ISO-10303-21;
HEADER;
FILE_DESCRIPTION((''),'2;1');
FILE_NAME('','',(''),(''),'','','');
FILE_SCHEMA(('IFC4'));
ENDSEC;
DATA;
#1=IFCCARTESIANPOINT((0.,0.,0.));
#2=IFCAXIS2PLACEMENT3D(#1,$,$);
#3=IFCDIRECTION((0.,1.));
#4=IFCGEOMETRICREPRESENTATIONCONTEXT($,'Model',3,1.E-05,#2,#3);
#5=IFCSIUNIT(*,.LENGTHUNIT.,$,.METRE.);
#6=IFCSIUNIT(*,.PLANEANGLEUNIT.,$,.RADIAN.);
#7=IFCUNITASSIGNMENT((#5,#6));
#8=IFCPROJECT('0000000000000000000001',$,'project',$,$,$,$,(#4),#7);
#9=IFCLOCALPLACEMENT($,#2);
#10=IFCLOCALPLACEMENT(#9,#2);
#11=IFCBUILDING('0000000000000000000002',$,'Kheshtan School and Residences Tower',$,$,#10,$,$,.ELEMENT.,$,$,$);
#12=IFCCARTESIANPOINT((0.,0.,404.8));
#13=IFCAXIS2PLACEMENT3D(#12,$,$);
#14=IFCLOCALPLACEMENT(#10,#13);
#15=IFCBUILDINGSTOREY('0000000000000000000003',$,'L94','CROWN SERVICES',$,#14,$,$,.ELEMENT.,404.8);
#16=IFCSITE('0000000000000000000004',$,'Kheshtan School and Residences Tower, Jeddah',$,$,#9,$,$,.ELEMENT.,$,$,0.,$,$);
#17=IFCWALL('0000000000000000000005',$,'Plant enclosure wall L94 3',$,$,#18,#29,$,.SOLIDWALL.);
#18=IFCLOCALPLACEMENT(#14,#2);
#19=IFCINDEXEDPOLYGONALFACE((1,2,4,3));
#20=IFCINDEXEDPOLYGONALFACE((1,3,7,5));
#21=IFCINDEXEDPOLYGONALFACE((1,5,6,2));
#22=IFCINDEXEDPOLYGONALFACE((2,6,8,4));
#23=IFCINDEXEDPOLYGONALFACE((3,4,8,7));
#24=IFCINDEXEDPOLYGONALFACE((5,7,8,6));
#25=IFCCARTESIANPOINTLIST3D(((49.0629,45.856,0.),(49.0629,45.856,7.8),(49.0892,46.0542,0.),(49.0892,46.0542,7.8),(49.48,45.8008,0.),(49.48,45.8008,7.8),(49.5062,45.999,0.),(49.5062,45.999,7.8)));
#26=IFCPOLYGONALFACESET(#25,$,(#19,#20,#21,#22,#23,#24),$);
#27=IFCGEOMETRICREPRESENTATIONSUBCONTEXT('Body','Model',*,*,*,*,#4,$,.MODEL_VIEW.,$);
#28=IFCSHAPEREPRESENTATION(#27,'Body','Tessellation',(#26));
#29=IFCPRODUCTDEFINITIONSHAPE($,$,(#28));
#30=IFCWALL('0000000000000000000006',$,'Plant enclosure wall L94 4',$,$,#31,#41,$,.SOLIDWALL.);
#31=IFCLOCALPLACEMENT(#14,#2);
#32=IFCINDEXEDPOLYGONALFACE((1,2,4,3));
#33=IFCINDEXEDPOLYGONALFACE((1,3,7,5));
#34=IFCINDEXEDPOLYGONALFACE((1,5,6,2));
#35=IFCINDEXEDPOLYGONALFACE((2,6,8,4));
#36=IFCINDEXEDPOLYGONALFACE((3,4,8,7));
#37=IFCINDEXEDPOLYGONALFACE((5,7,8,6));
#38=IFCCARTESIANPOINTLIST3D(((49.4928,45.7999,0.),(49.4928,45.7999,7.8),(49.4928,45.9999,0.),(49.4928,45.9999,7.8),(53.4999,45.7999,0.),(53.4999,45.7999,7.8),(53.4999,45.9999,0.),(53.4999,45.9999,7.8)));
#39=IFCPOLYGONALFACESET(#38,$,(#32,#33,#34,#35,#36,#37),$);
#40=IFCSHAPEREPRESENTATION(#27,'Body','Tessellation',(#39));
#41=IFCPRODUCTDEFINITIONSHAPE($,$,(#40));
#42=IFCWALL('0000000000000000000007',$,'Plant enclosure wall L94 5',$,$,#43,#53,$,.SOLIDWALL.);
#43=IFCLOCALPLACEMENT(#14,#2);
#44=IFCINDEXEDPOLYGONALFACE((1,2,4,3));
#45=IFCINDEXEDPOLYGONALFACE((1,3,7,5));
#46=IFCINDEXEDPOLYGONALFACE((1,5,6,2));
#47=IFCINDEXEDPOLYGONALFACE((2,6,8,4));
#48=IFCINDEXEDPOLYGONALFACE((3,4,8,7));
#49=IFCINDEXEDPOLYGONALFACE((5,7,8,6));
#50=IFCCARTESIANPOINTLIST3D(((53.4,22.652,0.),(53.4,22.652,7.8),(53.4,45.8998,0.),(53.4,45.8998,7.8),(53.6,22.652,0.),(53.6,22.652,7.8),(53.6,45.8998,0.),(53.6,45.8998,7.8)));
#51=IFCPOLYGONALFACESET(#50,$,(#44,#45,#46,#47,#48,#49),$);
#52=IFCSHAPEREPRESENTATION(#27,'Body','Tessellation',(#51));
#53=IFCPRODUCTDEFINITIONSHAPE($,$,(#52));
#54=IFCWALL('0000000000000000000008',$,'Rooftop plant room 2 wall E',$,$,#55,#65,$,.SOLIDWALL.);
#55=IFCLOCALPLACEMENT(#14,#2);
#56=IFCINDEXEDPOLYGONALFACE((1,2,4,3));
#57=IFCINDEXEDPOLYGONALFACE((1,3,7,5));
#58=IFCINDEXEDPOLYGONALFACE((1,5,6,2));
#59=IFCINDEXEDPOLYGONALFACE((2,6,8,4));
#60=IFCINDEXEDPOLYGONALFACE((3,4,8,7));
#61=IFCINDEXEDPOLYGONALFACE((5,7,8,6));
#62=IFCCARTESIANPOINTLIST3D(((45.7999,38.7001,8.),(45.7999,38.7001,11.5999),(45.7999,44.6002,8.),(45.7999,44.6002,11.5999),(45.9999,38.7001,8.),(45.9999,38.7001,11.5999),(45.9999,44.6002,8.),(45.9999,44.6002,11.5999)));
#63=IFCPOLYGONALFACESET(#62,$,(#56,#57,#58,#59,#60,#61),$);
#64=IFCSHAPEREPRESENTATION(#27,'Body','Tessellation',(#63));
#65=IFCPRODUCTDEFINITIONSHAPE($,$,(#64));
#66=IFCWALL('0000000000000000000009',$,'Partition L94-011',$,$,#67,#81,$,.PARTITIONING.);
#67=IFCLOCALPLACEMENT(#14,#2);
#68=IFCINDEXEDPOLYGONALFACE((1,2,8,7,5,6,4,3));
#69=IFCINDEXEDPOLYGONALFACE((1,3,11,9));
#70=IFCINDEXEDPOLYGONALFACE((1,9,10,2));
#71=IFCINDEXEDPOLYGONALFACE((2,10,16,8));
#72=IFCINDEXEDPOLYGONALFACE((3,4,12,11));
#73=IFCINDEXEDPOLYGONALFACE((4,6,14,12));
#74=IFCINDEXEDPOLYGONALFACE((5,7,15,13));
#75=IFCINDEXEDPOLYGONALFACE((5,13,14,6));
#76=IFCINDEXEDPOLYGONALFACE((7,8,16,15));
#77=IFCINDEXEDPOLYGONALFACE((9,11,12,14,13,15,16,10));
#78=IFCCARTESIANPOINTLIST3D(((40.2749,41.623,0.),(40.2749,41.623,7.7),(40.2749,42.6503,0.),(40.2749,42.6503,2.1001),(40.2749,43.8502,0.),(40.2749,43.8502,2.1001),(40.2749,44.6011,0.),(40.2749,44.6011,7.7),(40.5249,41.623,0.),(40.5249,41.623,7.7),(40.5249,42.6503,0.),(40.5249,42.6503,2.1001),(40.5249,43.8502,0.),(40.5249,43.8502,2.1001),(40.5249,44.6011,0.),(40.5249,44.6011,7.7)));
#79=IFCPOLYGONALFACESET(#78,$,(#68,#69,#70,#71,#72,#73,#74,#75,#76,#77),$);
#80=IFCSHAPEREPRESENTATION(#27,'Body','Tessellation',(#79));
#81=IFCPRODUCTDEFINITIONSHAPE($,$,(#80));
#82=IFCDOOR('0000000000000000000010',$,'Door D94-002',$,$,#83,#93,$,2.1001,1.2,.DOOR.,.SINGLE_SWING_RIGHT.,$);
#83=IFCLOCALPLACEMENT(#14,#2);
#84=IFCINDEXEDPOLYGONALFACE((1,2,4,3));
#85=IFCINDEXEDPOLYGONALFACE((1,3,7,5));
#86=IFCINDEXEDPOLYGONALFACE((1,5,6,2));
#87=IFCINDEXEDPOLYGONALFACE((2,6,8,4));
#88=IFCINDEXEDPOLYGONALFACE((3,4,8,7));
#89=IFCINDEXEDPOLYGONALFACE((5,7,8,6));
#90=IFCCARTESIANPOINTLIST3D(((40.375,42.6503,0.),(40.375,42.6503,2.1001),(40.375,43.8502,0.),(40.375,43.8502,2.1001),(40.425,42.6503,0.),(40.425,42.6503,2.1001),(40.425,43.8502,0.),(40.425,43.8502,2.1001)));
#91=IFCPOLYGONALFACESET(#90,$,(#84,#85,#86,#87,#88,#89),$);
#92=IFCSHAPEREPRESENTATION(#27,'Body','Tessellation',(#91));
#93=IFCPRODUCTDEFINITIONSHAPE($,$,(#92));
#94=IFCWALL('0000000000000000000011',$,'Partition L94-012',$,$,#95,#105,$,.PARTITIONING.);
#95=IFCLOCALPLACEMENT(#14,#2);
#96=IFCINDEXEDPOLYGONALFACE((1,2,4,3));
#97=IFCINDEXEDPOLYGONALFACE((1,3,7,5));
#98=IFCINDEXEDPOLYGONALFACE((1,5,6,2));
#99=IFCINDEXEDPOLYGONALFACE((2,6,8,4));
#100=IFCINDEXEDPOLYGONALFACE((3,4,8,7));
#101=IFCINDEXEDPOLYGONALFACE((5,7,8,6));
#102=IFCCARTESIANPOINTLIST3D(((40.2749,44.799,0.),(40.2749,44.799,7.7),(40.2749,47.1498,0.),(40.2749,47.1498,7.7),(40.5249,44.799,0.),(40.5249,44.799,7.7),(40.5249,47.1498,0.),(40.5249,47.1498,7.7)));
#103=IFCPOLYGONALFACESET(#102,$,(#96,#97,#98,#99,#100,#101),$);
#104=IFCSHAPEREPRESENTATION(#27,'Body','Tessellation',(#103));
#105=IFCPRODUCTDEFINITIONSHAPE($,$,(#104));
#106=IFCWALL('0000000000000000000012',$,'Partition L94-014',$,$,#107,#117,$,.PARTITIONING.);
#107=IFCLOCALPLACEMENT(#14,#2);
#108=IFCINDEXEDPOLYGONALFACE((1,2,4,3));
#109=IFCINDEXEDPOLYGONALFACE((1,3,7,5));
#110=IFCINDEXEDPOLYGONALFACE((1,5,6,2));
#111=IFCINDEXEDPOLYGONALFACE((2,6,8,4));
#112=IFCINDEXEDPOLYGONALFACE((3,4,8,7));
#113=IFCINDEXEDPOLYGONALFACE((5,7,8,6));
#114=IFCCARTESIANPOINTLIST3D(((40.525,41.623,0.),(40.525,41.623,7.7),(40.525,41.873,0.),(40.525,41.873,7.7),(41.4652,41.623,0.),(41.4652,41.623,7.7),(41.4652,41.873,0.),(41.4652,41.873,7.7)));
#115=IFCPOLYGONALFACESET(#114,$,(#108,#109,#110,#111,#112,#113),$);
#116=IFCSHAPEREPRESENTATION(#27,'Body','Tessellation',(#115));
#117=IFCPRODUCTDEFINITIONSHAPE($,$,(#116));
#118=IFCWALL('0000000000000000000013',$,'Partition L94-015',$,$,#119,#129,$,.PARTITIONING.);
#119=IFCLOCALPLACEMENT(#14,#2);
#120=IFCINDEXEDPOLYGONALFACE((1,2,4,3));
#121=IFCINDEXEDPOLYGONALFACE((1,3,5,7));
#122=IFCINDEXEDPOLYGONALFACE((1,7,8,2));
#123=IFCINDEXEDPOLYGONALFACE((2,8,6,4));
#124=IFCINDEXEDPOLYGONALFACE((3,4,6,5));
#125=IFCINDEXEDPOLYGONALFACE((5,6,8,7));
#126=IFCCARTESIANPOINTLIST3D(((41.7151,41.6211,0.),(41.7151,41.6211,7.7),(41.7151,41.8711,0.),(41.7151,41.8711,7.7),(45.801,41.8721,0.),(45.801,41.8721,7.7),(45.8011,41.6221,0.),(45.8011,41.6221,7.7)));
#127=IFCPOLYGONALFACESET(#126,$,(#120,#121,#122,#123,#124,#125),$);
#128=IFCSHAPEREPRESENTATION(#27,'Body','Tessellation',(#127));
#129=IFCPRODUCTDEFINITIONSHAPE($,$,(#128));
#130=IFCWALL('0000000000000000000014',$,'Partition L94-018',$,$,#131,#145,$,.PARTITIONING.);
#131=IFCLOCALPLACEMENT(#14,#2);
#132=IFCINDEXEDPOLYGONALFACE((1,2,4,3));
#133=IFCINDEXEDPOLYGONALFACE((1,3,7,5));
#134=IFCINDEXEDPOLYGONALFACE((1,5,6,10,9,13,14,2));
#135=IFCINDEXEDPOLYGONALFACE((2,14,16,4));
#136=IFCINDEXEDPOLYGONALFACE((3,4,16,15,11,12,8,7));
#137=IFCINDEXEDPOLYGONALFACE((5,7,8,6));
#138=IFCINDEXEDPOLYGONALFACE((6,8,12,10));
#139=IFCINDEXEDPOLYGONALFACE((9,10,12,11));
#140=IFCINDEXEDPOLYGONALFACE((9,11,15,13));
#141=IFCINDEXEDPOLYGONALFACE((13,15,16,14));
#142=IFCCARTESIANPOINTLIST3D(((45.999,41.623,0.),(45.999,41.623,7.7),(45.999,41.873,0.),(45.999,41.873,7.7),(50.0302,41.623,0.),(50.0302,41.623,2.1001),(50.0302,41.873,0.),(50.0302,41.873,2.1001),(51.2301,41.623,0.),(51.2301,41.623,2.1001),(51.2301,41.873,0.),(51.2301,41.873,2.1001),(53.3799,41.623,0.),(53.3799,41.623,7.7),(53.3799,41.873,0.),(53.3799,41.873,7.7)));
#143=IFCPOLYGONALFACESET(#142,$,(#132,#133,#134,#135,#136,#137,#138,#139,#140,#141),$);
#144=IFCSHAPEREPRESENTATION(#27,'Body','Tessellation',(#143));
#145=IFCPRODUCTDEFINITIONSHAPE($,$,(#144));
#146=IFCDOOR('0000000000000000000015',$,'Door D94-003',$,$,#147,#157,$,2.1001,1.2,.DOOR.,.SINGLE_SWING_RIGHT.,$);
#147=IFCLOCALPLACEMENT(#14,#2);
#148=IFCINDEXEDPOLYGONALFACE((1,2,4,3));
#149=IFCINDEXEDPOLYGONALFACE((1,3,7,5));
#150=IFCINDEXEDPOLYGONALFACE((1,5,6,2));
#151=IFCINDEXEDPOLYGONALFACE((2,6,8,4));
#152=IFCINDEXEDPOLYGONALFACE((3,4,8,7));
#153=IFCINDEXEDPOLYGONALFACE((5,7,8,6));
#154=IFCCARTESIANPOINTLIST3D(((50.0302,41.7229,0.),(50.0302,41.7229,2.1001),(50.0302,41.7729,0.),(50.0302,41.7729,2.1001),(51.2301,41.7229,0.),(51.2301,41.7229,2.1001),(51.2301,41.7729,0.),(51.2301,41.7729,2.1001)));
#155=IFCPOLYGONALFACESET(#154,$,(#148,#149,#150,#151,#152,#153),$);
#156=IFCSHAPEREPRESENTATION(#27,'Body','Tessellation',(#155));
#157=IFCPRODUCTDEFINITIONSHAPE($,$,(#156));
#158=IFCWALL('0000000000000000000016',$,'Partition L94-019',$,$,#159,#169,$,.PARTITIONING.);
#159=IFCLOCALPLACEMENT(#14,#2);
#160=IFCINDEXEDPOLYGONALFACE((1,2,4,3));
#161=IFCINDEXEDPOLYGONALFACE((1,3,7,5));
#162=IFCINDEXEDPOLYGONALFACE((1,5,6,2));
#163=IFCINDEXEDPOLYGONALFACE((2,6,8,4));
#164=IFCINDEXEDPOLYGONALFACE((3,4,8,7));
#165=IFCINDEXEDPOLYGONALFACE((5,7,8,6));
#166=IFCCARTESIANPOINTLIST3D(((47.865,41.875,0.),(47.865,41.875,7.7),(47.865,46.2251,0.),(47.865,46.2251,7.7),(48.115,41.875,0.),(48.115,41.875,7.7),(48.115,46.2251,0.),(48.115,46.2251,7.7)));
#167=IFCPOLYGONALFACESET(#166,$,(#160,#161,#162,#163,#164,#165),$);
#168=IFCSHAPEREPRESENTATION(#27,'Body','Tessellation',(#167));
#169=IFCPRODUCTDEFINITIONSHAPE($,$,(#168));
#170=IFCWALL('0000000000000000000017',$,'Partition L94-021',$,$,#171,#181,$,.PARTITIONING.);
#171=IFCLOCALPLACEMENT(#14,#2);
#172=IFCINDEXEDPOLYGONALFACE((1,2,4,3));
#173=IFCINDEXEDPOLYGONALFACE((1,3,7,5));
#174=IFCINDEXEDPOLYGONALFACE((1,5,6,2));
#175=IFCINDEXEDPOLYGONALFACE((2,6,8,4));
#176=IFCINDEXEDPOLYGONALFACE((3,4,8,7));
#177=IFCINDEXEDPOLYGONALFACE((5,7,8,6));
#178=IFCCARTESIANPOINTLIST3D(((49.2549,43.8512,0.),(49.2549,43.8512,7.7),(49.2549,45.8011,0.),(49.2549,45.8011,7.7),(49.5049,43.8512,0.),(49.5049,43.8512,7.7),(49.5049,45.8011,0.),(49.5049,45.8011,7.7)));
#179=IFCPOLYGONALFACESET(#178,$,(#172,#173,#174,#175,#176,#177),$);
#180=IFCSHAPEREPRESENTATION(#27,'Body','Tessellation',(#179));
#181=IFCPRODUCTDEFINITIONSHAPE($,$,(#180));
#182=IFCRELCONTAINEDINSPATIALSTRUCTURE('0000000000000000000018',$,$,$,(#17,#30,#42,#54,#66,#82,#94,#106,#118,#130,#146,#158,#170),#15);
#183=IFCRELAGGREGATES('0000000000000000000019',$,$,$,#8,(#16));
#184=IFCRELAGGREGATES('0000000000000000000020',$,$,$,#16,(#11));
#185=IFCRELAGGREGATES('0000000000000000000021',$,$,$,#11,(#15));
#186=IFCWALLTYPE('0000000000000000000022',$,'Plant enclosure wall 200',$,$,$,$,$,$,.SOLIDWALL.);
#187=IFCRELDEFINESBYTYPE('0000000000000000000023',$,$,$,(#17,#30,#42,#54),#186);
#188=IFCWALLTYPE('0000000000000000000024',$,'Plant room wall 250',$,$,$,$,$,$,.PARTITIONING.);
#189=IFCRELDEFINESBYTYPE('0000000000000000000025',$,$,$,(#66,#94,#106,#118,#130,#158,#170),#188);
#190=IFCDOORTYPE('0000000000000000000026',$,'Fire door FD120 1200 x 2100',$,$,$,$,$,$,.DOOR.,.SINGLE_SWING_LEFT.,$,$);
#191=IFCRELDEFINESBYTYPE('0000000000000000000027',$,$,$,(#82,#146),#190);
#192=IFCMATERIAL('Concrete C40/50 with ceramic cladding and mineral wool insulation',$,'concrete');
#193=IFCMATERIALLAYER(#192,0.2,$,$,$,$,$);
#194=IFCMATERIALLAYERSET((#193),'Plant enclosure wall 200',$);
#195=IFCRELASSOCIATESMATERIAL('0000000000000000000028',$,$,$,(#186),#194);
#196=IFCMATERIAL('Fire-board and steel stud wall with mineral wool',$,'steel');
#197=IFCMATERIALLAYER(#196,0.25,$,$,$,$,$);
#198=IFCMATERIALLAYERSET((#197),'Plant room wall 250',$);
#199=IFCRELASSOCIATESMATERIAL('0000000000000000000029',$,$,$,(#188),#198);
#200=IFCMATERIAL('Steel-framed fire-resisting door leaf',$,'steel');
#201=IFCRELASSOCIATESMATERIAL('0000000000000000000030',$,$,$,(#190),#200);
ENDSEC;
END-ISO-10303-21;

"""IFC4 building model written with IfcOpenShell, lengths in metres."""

from ifc_helpers import new_model, si_unit, direction, frame, frame_2d, origin, place, context, subcontext, project, spatial, rectangle, extrude, source, transform, mapped, material, layer, layer_set, type_object, element, fill, save


model = new_model("IFC4")

# Units and contexts
model_context = context("Model", 3, precision=1e-05, world=origin(), true_north=direction((0.0, 1.0)))
body_context = subcontext(model_context, "Body", "Model", "MODEL_VIEW")
ifc_project = project(units=[si_unit("LENGTHUNIT", "METRE"), si_unit("PLANEANGLEUNIT", "RADIAN")], contexts=[model_context])

# Site, building, storey
site_placement = place(None, origin())
site = spatial("IfcSite", under=ifc_project, at=site_placement, Name="Kheshtan School and Residences Tower, Jeddah", CompositionType="ELEMENT", RefElevation=0.0)
building_placement = place(site_placement, origin())
building = spatial("IfcBuilding", under=site, at=building_placement, Name="Kheshtan School and Residences Tower", CompositionType="ELEMENT")
storey_placement = place(building_placement, frame((0.0, 0.0, 404.8)))
storey = spatial("IfcBuildingStorey", under=building, at=storey_placement, Name="L94", Description="CROWN SERVICES", CompositionType="ELEMENT", Elevation=404.8)

# Walls
ifc_material_1 = material(Name="Concrete C40/50 with ceramic cladding and mineral wool insulation", Category="concrete")
ifc_layer_1 = layer(ifc_material_1, 0.2)
ifc_layer_set_1 = layer_set([ifc_layer_1], Name="Plant enclosure wall 200")
wall_type_1 = type_object("IfcWallType", Name="Plant enclosure wall 200", PredefinedType="SOLIDWALL", material=ifc_layer_set_1)
wall_1_placement = place(storey_placement, frame((49.0759, 45.9551, 0.0), z_axis=(0.0, 0.0, 1.0), x_axis=(0.991359, -0.131175, 0.0)))
element("IfcWall", 1, at=wall_1_placement, inside=storey, type_object=wall_type_1, Name="Plant enclosure wall L94 3", PredefinedType="SOLIDWALL", context=body_context, shape_type="SweptSolid", body=[
    extrude(rectangle(XDim=0.4207, YDim=0.2, at=frame_2d((0.2104, 0.0))), origin(), (0.0, 0.0, 1.0), 7.8),
])
wall_2_placement = place(storey_placement, frame((49.4929, 45.8999, 0.0), z_axis=(0.0, 0.0, 1.0), x_axis=(1.0, 0.0, 0.0)))
element("IfcWall", 2, at=wall_2_placement, inside=storey, type_object=wall_type_1, Name="Plant enclosure wall L94 4", PredefinedType="SOLIDWALL", context=body_context, shape_type="SweptSolid", body=[
    extrude(rectangle(XDim=4.0071, YDim=0.2, at=frame_2d((2.0034, 0.0))), origin(), (0.0, 0.0, 1.0), 7.8),
])
wall_3_placement = place(storey_placement, frame((53.5, 45.8999, 0.0), z_axis=(0.0, 0.0, 1.0), x_axis=(0.0, -1.0, 0.0)))
element("IfcWall", 3, at=wall_3_placement, inside=storey, type_object=wall_type_1, Name="Plant enclosure wall L94 5", PredefinedType="SOLIDWALL", context=body_context, shape_type="SweptSolid", body=[
    extrude(rectangle(XDim=23.2478, YDim=0.2, at=frame_2d((11.624, 0.0))), origin(), (0.0, 0.0, 1.0), 7.8),
])
wall_4_placement = place(storey_placement, frame((45.8999, 38.7, 8.0), z_axis=(0.0, 0.0, 1.0), x_axis=(0.0, 1.0, 0.0)))
element("IfcWall", 4, at=wall_4_placement, inside=storey, type_object=wall_type_1, Name="Rooftop plant room 2 wall E", PredefinedType="SOLIDWALL", context=body_context, shape_type="SweptSolid", body=[
    extrude(rectangle(XDim=5.9001, YDim=0.2, at=frame_2d((2.9502, 0.0))), origin(), (0.0, 0.0, 1.0), 3.5999),
])

# Wall, opening, door
ifc_material_2 = material(Name="Fire-board and steel stud wall with mineral wool", Category="steel")
ifc_layer_2 = layer(ifc_material_2, 0.25)
ifc_layer_set_2 = layer_set([ifc_layer_2], Name="Plant room wall 250")
wall_type_2 = type_object("IfcWallType", Name="Plant room wall 250", PredefinedType="PARTITIONING", material=ifc_layer_set_2)
wall_5_placement = place(storey_placement, frame((40.3999, 41.623, 0.0), z_axis=(0.0, 0.0, 1.0), x_axis=(0.0, 1.0, 0.0)))
wall_5 = element("IfcWall", 5, at=wall_5_placement, inside=storey, type_object=wall_type_2, Name="Partition L94-011", PredefinedType="PARTITIONING", context=body_context, shape_type="SweptSolid", body=[
    extrude(rectangle(XDim=2.978, YDim=0.25, at=frame_2d((1.489, 0.0))), origin(), (0.0, 0.0, 1.0), 7.7),
])
opening_1_placement = place(wall_5_placement, frame((1.0271, 0.0, 0.0)))
opening_1 = element("IfcOpeningElement", 6, at=opening_1_placement, cuts=wall_5, PredefinedType="OPENING", context=body_context, shape_type="SweptSolid", body=[
    extrude(rectangle(XDim=1.2, YDim=2.1001, at=frame_2d((0.6001, 1.05))), frame((0.0, 0.135, 0.0), z_axis=(0.0, -1.0, 0.0), x_axis=(1.0, 0.0, 0.0)), (0.0, 0.0, 1.0), 0.27),
])
ifc_material_3 = material(Name="Steel-framed fire-resisting door leaf", Category="steel")
door_type = type_object("IfcDoorType", Name="Fire door FD120 1200 x 2100", OperationType="SINGLE_SWING_LEFT", PredefinedType="DOOR", material=ifc_material_3)
shared_shape = source(origin(), body_context, "Body", "SweptSolid", [
    extrude(rectangle(XDim=1.2, YDim=2.1001, at=frame_2d((0.6001, 1.05))), frame((0.0, 0.0249, 0.0), z_axis=(0.0, -1.0, 0.0), x_axis=(1.0, 0.0, 0.0)), (0.0, 0.0, 1.0), 0.05),
])
door_1_placement = place(opening_1_placement, origin())
door_1 = element("IfcDoor", 7, at=door_1_placement, inside=storey, type_object=door_type, Name="Door D94-002", OperationType="SINGLE_SWING_RIGHT", OverallHeight=2.1001, OverallWidth=1.2, PredefinedType="DOOR", context=body_context, shape_type="MappedRepresentation", body=[
    mapped(shared_shape, transform((0.0, 0.0, 0.0), x_axis=(1.0, 0.0, 0.0), y_axis=(0.0, 1.0, 0.0), z_axis=(0.0, 0.0, 1.0), scale=1.0)),
])
fill(opening_1, door_1)

# Walls
wall_6_placement = place(storey_placement, frame((40.3999, 44.7991, 0.0), z_axis=(0.0, 0.0, 1.0), x_axis=(0.0, 1.0, 0.0)))
element("IfcWall", 8, at=wall_6_placement, inside=storey, type_object=wall_type_2, Name="Partition L94-012", PredefinedType="PARTITIONING", context=body_context, shape_type="SweptSolid", body=[
    extrude(rectangle(XDim=2.3508, YDim=0.25, at=frame_2d((1.1753, 0.0))), origin(), (0.0, 0.0, 1.0), 7.7),
])
wall_7_placement = place(storey_placement, frame((40.5249, 41.748, 0.0), z_axis=(0.0, 0.0, 1.0), x_axis=(1.0, 0.0, 0.0)))
element("IfcWall", 9, at=wall_7_placement, inside=storey, type_object=wall_type_2, Name="Partition L94-014", PredefinedType="PARTITIONING", context=body_context, shape_type="SweptSolid", body=[
    extrude(rectangle(XDim=0.9402, YDim=0.25, at=frame_2d((0.4702, 0.0))), origin(), (0.0, 0.0, 1.0), 7.7),
])
wall_8_placement = place(storey_placement, frame((41.7151, 41.7461, 0.0), z_axis=(0.0, 0.0, 1.0), x_axis=(1.0, 0.000239, 0.0)))
element("IfcWall", 10, at=wall_8_placement, inside=storey, type_object=wall_type_2, Name="Partition L94-015", PredefinedType="PARTITIONING", context=body_context, shape_type="SweptSolid", body=[
    extrude(rectangle(XDim=4.0859, YDim=0.25, at=frame_2d((2.043, 0.0))), origin(), (0.0, 0.0, 1.0), 7.7),
])

# Wall, opening, door
wall_9_placement = place(storey_placement, frame((45.999, 41.748, 0.0), z_axis=(0.0, 0.0, 1.0), x_axis=(1.0, 0.0, 0.0)))
wall_9 = element("IfcWall", 11, at=wall_9_placement, inside=storey, type_object=wall_type_2, Name="Partition L94-018", PredefinedType="PARTITIONING", context=body_context, shape_type="SweptSolid", body=[
    extrude(rectangle(XDim=7.3809, YDim=0.25, at=frame_2d((3.6904, 0.0))), origin(), (0.0, 0.0, 1.0), 7.7),
])
opening_2_placement = place(wall_9_placement, frame((4.031, 0.0, 0.0)))
opening_2 = element("IfcOpeningElement", 12, at=opening_2_placement, cuts=wall_9, PredefinedType="OPENING", context=body_context, shape_type="SweptSolid", body=[
    extrude(rectangle(XDim=1.2, YDim=2.1001, at=frame_2d((0.6001, 1.05))), frame((0.0, 0.135, 0.0), z_axis=(0.0, -1.0, 0.0), x_axis=(1.0, 0.0, 0.0)), (0.0, 0.0, 1.0), 0.27),
])
door_2_placement = place(opening_2_placement, origin())
door_2 = element("IfcDoor", 13, at=door_2_placement, inside=storey, type_object=door_type, Name="Door D94-003", OperationType="SINGLE_SWING_RIGHT", OverallHeight=2.1001, OverallWidth=1.2, PredefinedType="DOOR", context=body_context, shape_type="MappedRepresentation", body=[
    mapped(shared_shape, transform((0.0, 0.0, 0.0), x_axis=(1.0, 0.0, 0.0), y_axis=(0.0, 1.0, 0.0), z_axis=(0.0, 0.0, 1.0), scale=1.0)),
])
fill(opening_2, door_2)

# Walls
wall_10_placement = place(storey_placement, frame((47.99, 41.875, 0.0), z_axis=(0.0, 0.0, 1.0), x_axis=(0.0, 1.0, 0.0)))
element("IfcWall", 14, at=wall_10_placement, inside=storey, type_object=wall_type_2, Name="Partition L94-019", PredefinedType="PARTITIONING", context=body_context, shape_type="SweptSolid", body=[
    extrude(rectangle(XDim=4.3501, YDim=0.25, at=frame_2d((2.175, 0.0))), origin(), (0.0, 0.0, 1.0), 7.7),
])
wall_11_placement = place(storey_placement, frame((49.3799, 43.8511, 0.0), z_axis=(0.0, 0.0, 1.0), x_axis=(0.0, 1.0, 0.0)))
element("IfcWall", 15, at=wall_11_placement, inside=storey, type_object=wall_type_2, Name="Partition L94-021", PredefinedType="PARTITIONING", context=body_context, shape_type="SweptSolid", body=[
    extrude(rectangle(XDim=1.95, YDim=0.25, at=frame_2d((0.9751, 0.0))), origin(), (0.0, 0.0, 1.0), 7.7),
])

save(model, "model.ifc")
